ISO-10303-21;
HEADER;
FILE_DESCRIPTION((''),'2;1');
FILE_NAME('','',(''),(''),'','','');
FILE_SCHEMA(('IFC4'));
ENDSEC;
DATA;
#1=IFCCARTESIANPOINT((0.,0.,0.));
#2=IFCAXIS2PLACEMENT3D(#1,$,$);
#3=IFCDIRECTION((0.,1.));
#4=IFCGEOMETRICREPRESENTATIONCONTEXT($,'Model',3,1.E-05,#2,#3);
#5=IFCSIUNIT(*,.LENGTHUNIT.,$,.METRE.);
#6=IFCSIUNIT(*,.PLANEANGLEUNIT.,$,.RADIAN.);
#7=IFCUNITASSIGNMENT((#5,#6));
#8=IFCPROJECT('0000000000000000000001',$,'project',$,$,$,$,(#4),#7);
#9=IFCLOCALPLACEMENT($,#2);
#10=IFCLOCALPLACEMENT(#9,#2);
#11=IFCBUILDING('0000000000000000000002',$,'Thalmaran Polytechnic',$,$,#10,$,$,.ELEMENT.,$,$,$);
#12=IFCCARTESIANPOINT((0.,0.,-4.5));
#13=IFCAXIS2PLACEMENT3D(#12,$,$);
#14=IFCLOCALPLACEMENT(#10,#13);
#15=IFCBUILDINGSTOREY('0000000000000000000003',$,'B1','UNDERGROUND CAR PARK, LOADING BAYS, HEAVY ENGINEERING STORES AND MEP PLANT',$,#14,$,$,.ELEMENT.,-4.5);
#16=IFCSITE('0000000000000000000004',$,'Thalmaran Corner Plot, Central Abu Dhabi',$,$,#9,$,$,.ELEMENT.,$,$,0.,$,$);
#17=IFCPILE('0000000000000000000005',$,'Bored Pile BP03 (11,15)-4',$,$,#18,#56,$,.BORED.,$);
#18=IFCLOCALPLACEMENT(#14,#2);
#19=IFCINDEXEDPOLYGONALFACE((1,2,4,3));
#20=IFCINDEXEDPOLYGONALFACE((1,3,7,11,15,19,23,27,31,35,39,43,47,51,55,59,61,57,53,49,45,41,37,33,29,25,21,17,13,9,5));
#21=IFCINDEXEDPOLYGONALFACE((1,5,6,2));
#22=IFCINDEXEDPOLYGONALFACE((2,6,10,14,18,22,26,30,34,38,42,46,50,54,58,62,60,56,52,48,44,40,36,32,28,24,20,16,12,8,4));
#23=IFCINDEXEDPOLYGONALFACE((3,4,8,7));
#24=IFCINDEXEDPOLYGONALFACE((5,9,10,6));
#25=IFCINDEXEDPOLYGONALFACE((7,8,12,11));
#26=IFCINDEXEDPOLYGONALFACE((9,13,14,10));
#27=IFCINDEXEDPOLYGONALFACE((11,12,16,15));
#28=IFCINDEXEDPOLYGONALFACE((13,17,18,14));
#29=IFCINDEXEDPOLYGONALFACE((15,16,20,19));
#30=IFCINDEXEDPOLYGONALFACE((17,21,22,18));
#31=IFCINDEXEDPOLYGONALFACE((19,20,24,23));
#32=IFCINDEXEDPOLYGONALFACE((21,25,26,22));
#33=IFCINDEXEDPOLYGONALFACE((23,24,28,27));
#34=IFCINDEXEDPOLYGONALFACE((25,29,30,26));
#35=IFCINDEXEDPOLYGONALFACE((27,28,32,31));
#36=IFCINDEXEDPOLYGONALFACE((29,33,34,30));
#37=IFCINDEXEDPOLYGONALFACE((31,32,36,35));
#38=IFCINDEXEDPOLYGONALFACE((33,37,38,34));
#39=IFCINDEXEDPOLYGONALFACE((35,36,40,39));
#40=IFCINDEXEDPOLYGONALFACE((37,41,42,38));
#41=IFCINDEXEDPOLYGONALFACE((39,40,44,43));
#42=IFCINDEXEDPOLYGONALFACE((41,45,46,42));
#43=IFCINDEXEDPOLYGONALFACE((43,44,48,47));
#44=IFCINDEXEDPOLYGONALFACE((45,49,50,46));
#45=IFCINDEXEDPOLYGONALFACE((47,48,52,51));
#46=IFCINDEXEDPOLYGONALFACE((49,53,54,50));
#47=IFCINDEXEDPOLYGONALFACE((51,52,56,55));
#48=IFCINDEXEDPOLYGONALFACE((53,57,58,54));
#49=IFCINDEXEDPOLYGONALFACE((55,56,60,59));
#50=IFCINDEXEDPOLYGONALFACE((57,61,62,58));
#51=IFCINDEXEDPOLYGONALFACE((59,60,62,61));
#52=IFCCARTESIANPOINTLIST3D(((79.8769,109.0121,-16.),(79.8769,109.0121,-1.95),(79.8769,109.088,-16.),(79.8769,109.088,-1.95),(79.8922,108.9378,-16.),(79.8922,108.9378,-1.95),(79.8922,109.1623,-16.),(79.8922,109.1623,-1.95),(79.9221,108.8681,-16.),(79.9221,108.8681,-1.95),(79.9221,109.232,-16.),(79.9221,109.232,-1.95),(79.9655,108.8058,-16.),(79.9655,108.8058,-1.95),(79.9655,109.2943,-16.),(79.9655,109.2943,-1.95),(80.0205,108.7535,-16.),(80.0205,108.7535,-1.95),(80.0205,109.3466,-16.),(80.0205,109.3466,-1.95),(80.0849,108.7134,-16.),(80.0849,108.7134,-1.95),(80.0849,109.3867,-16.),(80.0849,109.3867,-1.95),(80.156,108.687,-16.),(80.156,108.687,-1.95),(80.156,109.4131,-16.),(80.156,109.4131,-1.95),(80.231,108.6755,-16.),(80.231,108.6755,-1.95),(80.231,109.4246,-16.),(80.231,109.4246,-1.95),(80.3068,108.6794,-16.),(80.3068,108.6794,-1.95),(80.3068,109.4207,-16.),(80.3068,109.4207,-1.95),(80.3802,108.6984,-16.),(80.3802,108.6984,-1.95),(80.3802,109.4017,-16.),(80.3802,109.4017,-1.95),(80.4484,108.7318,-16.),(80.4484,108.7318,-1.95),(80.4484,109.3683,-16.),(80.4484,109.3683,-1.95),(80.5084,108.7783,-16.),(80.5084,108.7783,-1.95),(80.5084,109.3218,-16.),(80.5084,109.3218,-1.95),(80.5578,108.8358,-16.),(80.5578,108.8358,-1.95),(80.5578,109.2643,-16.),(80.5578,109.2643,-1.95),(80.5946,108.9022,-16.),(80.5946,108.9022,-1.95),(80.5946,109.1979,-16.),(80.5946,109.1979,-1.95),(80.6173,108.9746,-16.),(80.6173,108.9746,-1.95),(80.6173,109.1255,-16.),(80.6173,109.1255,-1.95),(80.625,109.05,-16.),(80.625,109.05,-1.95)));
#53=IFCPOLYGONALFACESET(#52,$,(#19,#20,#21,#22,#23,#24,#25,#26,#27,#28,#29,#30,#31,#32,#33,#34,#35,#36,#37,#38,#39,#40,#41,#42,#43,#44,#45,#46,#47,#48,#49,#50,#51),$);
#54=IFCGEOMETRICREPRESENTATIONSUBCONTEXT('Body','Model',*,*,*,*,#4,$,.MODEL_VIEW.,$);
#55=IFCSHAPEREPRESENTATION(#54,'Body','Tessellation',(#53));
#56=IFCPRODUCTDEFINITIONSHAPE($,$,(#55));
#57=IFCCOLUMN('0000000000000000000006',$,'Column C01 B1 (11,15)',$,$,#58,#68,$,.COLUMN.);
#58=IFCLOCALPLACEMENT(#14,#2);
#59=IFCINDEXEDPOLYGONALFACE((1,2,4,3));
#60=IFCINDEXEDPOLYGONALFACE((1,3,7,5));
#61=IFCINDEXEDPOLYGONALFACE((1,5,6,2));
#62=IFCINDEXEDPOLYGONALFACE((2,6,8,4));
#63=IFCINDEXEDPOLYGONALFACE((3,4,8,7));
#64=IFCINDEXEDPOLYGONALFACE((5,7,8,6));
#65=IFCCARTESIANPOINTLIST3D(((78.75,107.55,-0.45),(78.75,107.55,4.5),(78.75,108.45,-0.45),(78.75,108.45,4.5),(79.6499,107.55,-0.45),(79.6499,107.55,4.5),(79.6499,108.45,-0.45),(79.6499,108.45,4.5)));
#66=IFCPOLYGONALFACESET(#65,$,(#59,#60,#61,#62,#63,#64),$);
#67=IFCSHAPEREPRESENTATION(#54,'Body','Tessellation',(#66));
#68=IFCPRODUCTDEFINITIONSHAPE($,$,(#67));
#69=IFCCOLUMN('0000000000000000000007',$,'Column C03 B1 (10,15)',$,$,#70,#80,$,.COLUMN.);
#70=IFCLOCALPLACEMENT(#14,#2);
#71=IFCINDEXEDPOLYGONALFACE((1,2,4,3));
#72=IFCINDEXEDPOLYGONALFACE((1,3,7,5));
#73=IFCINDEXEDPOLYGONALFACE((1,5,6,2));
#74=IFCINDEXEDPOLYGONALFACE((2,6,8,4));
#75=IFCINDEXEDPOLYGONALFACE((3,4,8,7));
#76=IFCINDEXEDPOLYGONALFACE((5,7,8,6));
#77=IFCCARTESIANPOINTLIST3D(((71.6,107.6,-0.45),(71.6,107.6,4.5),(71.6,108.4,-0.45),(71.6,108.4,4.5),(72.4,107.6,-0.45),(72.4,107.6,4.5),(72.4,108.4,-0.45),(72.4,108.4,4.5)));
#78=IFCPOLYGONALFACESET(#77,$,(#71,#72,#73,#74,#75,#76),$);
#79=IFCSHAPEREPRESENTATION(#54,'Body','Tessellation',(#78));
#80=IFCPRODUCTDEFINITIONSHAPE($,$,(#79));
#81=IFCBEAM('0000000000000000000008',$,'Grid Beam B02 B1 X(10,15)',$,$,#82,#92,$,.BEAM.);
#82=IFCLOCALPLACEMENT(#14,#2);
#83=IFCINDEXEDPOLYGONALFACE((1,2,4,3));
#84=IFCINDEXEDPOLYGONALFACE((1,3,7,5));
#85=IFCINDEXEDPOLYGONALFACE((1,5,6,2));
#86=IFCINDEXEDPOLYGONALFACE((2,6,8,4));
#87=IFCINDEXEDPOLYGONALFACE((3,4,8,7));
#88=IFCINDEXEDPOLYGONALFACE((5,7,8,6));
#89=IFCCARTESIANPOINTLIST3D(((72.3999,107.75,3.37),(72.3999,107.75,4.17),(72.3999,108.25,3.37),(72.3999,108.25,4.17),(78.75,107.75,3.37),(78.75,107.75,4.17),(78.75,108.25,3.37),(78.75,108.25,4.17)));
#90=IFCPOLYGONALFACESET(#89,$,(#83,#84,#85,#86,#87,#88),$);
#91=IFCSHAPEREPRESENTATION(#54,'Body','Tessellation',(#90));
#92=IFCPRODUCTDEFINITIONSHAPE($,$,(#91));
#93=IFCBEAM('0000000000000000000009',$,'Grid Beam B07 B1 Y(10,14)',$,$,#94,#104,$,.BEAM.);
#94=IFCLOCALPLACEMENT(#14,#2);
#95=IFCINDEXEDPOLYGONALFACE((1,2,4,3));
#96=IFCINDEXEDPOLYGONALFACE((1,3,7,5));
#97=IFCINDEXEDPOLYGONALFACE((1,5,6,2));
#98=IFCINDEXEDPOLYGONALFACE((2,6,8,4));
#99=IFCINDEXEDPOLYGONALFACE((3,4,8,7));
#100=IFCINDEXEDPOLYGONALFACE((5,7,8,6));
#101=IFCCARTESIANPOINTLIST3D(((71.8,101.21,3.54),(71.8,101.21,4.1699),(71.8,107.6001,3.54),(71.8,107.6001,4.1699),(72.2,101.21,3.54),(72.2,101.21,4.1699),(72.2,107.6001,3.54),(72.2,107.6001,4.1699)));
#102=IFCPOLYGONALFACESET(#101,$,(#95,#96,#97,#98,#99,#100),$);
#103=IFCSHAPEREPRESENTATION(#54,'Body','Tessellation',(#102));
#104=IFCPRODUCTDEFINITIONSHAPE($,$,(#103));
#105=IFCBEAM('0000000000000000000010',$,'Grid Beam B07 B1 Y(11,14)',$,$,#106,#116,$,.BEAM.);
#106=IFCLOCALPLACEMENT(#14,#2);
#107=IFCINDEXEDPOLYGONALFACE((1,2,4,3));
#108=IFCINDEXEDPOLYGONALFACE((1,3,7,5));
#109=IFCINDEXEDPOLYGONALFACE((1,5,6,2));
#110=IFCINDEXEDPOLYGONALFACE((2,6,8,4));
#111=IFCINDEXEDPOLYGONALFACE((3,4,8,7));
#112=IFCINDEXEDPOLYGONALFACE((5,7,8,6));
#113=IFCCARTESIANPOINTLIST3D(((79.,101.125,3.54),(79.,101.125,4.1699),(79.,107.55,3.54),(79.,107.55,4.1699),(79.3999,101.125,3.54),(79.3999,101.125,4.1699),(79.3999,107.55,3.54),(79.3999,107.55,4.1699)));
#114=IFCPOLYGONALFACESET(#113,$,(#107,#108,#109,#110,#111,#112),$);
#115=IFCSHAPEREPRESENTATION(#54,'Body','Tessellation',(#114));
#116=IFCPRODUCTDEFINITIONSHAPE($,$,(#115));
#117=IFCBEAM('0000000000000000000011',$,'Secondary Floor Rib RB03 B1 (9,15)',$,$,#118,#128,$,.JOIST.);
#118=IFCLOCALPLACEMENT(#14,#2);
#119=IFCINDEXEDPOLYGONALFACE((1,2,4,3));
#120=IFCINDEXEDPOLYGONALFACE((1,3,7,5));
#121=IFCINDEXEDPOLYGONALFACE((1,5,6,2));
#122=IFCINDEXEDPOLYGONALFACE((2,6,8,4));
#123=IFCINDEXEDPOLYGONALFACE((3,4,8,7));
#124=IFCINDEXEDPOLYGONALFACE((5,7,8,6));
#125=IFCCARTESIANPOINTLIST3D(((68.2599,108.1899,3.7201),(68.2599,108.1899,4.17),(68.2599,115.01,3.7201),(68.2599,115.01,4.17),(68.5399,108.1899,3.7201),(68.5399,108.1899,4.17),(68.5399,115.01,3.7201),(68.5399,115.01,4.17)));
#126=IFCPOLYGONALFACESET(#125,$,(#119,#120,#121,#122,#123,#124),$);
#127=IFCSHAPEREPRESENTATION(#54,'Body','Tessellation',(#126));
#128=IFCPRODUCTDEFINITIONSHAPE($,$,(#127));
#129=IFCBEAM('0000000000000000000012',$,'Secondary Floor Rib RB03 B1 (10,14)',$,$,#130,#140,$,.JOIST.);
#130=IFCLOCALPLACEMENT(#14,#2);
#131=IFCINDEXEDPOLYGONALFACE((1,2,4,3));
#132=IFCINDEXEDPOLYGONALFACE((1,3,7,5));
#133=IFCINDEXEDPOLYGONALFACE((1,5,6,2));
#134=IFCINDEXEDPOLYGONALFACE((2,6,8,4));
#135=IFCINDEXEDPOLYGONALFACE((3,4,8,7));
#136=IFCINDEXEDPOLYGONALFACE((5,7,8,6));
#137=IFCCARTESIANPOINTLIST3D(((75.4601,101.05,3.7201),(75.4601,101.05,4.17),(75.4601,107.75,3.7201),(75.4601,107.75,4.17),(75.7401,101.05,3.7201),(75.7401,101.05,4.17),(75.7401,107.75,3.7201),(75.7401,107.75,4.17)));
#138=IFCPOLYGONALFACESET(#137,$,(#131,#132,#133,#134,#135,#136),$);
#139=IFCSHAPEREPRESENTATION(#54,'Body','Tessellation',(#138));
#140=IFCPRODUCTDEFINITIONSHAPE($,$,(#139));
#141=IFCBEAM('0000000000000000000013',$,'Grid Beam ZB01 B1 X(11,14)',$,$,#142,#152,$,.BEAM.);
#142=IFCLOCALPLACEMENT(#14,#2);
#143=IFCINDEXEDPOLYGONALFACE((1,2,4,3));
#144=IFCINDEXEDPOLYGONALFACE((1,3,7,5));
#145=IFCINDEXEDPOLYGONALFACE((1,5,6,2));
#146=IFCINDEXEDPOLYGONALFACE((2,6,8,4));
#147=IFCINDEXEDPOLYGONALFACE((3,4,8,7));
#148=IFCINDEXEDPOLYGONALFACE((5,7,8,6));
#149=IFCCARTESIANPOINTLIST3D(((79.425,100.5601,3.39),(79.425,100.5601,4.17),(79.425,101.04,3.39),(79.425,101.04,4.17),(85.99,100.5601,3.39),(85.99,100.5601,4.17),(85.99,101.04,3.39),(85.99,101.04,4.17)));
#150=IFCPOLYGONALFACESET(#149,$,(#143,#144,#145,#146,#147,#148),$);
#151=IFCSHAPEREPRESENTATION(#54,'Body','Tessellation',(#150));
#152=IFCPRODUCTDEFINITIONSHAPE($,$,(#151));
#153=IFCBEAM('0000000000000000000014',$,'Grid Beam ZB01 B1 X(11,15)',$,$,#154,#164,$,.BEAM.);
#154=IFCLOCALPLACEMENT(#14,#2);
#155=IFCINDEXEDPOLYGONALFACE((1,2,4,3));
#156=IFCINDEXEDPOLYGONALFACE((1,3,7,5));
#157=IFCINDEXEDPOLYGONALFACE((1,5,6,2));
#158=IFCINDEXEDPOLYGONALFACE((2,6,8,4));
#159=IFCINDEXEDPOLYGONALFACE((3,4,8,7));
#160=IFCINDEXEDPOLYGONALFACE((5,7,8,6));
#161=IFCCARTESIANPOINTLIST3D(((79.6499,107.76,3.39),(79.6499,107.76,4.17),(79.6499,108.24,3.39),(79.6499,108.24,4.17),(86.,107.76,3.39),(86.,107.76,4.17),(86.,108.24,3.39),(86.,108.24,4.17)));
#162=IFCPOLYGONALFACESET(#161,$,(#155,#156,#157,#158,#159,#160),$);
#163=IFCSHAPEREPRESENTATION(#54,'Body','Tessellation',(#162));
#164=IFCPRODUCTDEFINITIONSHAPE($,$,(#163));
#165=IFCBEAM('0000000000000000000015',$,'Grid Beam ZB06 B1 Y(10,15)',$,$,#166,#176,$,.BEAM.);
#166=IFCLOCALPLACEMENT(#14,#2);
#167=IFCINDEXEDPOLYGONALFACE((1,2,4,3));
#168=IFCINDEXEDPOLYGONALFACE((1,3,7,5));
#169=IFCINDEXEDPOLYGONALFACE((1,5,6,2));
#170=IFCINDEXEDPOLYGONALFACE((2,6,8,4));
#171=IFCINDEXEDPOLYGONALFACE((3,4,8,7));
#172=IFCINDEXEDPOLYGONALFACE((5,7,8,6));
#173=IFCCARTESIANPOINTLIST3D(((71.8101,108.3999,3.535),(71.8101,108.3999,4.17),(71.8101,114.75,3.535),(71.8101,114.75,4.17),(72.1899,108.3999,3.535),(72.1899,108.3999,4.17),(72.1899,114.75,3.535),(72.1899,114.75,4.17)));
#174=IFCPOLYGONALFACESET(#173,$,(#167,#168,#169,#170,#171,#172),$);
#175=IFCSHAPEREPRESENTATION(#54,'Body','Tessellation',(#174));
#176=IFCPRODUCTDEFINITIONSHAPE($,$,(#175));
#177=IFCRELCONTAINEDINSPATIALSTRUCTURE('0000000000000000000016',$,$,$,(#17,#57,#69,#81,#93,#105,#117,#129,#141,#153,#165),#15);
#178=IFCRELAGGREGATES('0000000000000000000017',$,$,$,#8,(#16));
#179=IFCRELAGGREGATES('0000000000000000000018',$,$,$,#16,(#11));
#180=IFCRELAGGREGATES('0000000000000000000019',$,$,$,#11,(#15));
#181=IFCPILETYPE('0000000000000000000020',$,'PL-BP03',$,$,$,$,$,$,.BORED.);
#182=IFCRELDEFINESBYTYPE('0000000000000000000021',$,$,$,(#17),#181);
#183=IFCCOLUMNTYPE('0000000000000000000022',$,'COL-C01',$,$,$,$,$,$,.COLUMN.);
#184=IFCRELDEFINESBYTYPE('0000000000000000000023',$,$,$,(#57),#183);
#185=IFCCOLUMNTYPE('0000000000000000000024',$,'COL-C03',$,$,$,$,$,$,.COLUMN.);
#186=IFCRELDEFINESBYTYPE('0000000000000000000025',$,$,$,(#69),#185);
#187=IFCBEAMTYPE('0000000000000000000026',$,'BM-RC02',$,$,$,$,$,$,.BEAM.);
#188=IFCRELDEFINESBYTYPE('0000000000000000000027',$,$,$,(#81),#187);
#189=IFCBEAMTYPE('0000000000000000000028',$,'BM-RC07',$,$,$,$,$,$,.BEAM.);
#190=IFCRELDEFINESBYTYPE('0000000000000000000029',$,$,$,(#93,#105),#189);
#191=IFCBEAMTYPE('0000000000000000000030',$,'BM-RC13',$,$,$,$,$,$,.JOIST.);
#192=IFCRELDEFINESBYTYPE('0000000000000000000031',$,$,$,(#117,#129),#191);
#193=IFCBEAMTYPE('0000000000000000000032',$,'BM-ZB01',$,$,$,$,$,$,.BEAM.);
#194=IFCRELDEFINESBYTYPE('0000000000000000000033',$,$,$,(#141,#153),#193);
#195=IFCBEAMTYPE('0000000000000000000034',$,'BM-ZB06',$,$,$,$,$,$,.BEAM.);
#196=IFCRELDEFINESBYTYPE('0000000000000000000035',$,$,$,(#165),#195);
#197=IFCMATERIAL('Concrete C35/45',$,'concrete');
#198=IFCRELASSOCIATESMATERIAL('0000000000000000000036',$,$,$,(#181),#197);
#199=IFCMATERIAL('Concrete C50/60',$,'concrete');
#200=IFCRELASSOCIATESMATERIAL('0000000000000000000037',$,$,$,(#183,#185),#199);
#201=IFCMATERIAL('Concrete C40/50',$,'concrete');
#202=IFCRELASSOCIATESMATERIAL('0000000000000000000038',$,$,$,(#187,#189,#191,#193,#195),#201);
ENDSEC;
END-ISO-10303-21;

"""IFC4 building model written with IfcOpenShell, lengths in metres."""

from ifc_helpers import new_model, si_unit, direction, frame, origin, origin_2d, place, context, subcontext, project, spatial, rectangle, circle, extrude, material, material_profile, profile_set, type_object, element, save


model = new_model("IFC4")

# Units and contexts
model_context = context("Model", 3, precision=1e-05, world=origin(), true_north=direction((0.0, 1.0)))
body_context = subcontext(model_context, "Body", "Model", "MODEL_VIEW")
ifc_project = project(units=[si_unit("LENGTHUNIT", "METRE"), si_unit("PLANEANGLEUNIT", "RADIAN")], contexts=[model_context])

# Site, building, storey
site_placement = place(None, origin())
site = spatial("IfcSite", under=ifc_project, at=site_placement, Name="Thalmaran Corner Plot, Central Abu Dhabi", CompositionType="ELEMENT", RefElevation=0.0)
building_placement = place(site_placement, origin())
building = spatial("IfcBuilding", under=site, at=building_placement, Name="Thalmaran Polytechnic", CompositionType="ELEMENT")
storey_placement = place(building_placement, frame((0.0, 0.0, -4.5)))
storey = spatial("IfcBuildingStorey", under=building, at=storey_placement, Name="B1", Description="UNDERGROUND CAR PARK, LOADING BAYS, HEAVY ENGINEERING STORES AND MEP PLANT", CompositionType="ELEMENT", Elevation=-4.5)

# Shared definitions
ifc_material_1 = material(Name="Concrete C40/50", Category="concrete")

# Pile
ifc_material_2 = material(Name="Concrete C35/45", Category="concrete")
ifc_material_profile_1 = material_profile(ifc_material_2, circle(Radius=0.375, at=origin_2d()), Name="RC 750 DIA")
ifc_profile_set_1 = profile_set([ifc_material_profile_1], Name="Concrete C35/45")
pile_type_1 = type_object("IfcPileType", Name="PL-BP03", PredefinedType="BORED", material=ifc_profile_set_1)
for number, where, z_axis, x_axis, name in (
    (1, (80.25, 109.05, -1.95), (0.0, 0.0, -1.0), (1.0, 0.0, 0.0), "Bored Pile BP03 (11,15)-4"),
):
    element("IfcPile", number, at=place(storey_placement, frame(where, z_axis=z_axis, x_axis=x_axis)), inside=storey, type_object=pile_type_1, Name=name, PredefinedType="BORED", context=body_context, shape_type="SweptSolid", body=[
        extrude(circle(Radius=0.375, at=origin_2d()), origin(), (0.0, 0.0, 1.0), 14.05),
    ])

# Columns
ifc_material_3 = material(Name="Concrete C50/60", Category="concrete")
ifc_material_profile_2 = material_profile(ifc_material_3, rectangle(XDim=0.8999, YDim=0.8999, at=origin_2d()), Name="RC 900x900")
ifc_profile_set_2 = profile_set([ifc_material_profile_2], Name="Concrete C50/60")
column_type_1 = type_object("IfcColumnType", Name="COL-C01", PredefinedType="COLUMN", material=ifc_profile_set_2)
column_1_placement = place(storey_placement, frame((79.2, 108.0, -0.45), z_axis=(0.0, 0.0, 1.0), x_axis=(1.0, 0.0, 0.0)))
element("IfcColumn", 2, at=column_1_placement, inside=storey, type_object=column_type_1, Name="Column C01 B1 (11,15)", PredefinedType="COLUMN", context=body_context, shape_type="SweptSolid", body=[
    extrude(rectangle(XDim=0.8999, YDim=0.8999, at=origin_2d()), origin(), (0.0, 0.0, 1.0), 4.95),
])
ifc_material_profile_3 = material_profile(ifc_material_3, rectangle(XDim=0.8, YDim=0.8, at=origin_2d()), Name="RC 800x800")
ifc_profile_set_3 = profile_set([ifc_material_profile_3], Name="Concrete C50/60")
column_type_2 = type_object("IfcColumnType", Name="COL-C03", PredefinedType="COLUMN", material=ifc_profile_set_3)
column_2_placement = place(storey_placement, frame((72.0, 108.0, -0.45), z_axis=(0.0, 0.0, 1.0), x_axis=(1.0, 0.0, 0.0)))
element("IfcColumn", 3, at=column_2_placement, inside=storey, type_object=column_type_2, Name="Column C03 B1 (10,15)", PredefinedType="COLUMN", context=body_context, shape_type="SweptSolid", body=[
    extrude(rectangle(XDim=0.8, YDim=0.8, at=origin_2d()), origin(), (0.0, 0.0, 1.0), 4.95),
])

# Beams
ifc_material_profile_4 = material_profile(ifc_material_1, rectangle(XDim=0.5, YDim=0.8, at=origin_2d()), Name="RC 500x800")
ifc_profile_set_4 = profile_set([ifc_material_profile_4], Name="Concrete C40/50")
beam_type_1 = type_object("IfcBeamType", Name="BM-RC02", PredefinedType="BEAM", material=ifc_profile_set_4)
beam_1_placement = place(storey_placement, frame((72.3999, 108.0, 3.77), z_axis=(1.0, 0.0, 0.0), x_axis=(0.0, 1.0, 0.0)))
element("IfcBeam", 4, at=beam_1_placement, inside=storey, type_object=beam_type_1, Name="Grid Beam B02 B1 X(10,15)", PredefinedType="BEAM", context=body_context, shape_type="SweptSolid", body=[
    extrude(rectangle(XDim=0.5, YDim=0.8, at=origin_2d()), origin(), (0.0, 0.0, 1.0), 6.3501),
])
ifc_material_profile_5 = material_profile(ifc_material_1, rectangle(XDim=0.3999, YDim=0.6299, at=origin_2d()), Name="RC 400x630")
ifc_profile_set_5 = profile_set([ifc_material_profile_5], Name="Concrete C40/50")
beam_type_2 = type_object("IfcBeamType", Name="BM-RC07", PredefinedType="BEAM", material=ifc_profile_set_5)
beam_2_placement = place(storey_placement, frame((72.0, 101.21, 3.855), z_axis=(0.0, 1.0, 0.0), x_axis=(-1.0, 0.0, 0.0)))
element("IfcBeam", 5, at=beam_2_placement, inside=storey, type_object=beam_type_2, Name="Grid Beam B07 B1 Y(10,14)", PredefinedType="BEAM", context=body_context, shape_type="SweptSolid", body=[
    extrude(rectangle(XDim=0.3999, YDim=0.6299, at=origin_2d()), origin(), (0.0, 0.0, 1.0), 6.3901),
])
beam_3_placement = place(storey_placement, frame((79.2, 101.125, 3.855), z_axis=(0.0, 1.0, 0.0), x_axis=(-1.0, 0.0, 0.0)))
element("IfcBeam", 6, at=beam_3_placement, inside=storey, type_object=beam_type_2, Name="Grid Beam B07 B1 Y(11,14)", PredefinedType="BEAM", context=body_context, shape_type="SweptSolid", body=[
    extrude(rectangle(XDim=0.3999, YDim=0.6299, at=origin_2d()), origin(), (0.0, 0.0, 1.0), 6.425),
])
ifc_material_profile_6 = material_profile(ifc_material_1, rectangle(XDim=0.28, YDim=0.45, at=origin_2d()), Name="RC 280x450")
ifc_profile_set_6 = profile_set([ifc_material_profile_6], Name="Concrete C40/50")
beam_type_3 = type_object("IfcBeamType", Name="BM-RC13", PredefinedType="JOIST", material=ifc_profile_set_6)
beam_4_placement = place(storey_placement, frame((68.3999, 108.1899, 3.9451), z_axis=(0.0, 1.0, 0.0), x_axis=(-1.0, 0.0, 0.0)))
element("IfcBeam", 7, at=beam_4_placement, inside=storey, type_object=beam_type_3, Name="Secondary Floor Rib RB03 B1 (9,15)", PredefinedType="JOIST", context=body_context, shape_type="SweptSolid", body=[
    extrude(rectangle(XDim=0.28, YDim=0.45, at=origin_2d()), origin(), (0.0, 0.0, 1.0), 6.8201),
])
beam_5_placement = place(storey_placement, frame((75.6001, 101.05, 3.9451), z_axis=(0.0, 1.0, 0.0), x_axis=(-1.0, 0.0, 0.0)))
element("IfcBeam", 8, at=beam_5_placement, inside=storey, type_object=beam_type_3, Name="Secondary Floor Rib RB03 B1 (10,14)", PredefinedType="JOIST", context=body_context, shape_type="SweptSolid", body=[
    extrude(rectangle(XDim=0.28, YDim=0.45, at=origin_2d()), origin(), (0.0, 0.0, 1.0), 6.7),
])
ifc_material_profile_7 = material_profile(ifc_material_1, rectangle(XDim=0.48, YDim=0.78, at=origin_2d()), Name="RC 480x780")
ifc_profile_set_7 = profile_set([ifc_material_profile_7], Name="Concrete C40/50")
beam_type_4 = type_object("IfcBeamType", Name="BM-ZB01", PredefinedType="BEAM", material=ifc_profile_set_7)
beam_6_placement = place(storey_placement, frame((79.425, 100.8, 3.78), z_axis=(1.0, 0.0, 0.0), x_axis=(0.0, 1.0, 0.0)))
element("IfcBeam", 9, at=beam_6_placement, inside=storey, type_object=beam_type_4, Name="Grid Beam ZB01 B1 X(11,14)", PredefinedType="BEAM", context=body_context, shape_type="SweptSolid", body=[
    extrude(rectangle(XDim=0.48, YDim=0.78, at=origin_2d()), origin(), (0.0, 0.0, 1.0), 6.5649),
])
beam_7_placement = place(storey_placement, frame((79.6499, 108.0, 3.78), z_axis=(1.0, 0.0, 0.0), x_axis=(0.0, 1.0, 0.0)))
element("IfcBeam", 10, at=beam_7_placement, inside=storey, type_object=beam_type_4, Name="Grid Beam ZB01 B1 X(11,15)", PredefinedType="BEAM", context=body_context, shape_type="SweptSolid", body=[
    extrude(rectangle(XDim=0.48, YDim=0.78, at=origin_2d()), origin(), (0.0, 0.0, 1.0), 6.3501),
])
ifc_material_profile_8 = material_profile(ifc_material_1, rectangle(XDim=0.3799, YDim=0.635, at=origin_2d()), Name="RC 380x635")
ifc_profile_set_8 = profile_set([ifc_material_profile_8], Name="Concrete C40/50")
beam_type_5 = type_object("IfcBeamType", Name="BM-ZB06", PredefinedType="BEAM", material=ifc_profile_set_8)
beam_8_placement = place(storey_placement, frame((72.0, 108.3999, 3.8525), z_axis=(0.0, 1.0, 0.0), x_axis=(-1.0, 0.0, 0.0)))
element("IfcBeam", 11, at=beam_8_placement, inside=storey, type_object=beam_type_5, Name="Grid Beam ZB06 B1 Y(10,15)", PredefinedType="BEAM", context=body_context, shape_type="SweptSolid", body=[
    extrude(rectangle(XDim=0.3799, YDim=0.635, at=origin_2d()), origin(), (0.0, 0.0, 1.0), 6.3501),
])

save(model, "model.ifc")
